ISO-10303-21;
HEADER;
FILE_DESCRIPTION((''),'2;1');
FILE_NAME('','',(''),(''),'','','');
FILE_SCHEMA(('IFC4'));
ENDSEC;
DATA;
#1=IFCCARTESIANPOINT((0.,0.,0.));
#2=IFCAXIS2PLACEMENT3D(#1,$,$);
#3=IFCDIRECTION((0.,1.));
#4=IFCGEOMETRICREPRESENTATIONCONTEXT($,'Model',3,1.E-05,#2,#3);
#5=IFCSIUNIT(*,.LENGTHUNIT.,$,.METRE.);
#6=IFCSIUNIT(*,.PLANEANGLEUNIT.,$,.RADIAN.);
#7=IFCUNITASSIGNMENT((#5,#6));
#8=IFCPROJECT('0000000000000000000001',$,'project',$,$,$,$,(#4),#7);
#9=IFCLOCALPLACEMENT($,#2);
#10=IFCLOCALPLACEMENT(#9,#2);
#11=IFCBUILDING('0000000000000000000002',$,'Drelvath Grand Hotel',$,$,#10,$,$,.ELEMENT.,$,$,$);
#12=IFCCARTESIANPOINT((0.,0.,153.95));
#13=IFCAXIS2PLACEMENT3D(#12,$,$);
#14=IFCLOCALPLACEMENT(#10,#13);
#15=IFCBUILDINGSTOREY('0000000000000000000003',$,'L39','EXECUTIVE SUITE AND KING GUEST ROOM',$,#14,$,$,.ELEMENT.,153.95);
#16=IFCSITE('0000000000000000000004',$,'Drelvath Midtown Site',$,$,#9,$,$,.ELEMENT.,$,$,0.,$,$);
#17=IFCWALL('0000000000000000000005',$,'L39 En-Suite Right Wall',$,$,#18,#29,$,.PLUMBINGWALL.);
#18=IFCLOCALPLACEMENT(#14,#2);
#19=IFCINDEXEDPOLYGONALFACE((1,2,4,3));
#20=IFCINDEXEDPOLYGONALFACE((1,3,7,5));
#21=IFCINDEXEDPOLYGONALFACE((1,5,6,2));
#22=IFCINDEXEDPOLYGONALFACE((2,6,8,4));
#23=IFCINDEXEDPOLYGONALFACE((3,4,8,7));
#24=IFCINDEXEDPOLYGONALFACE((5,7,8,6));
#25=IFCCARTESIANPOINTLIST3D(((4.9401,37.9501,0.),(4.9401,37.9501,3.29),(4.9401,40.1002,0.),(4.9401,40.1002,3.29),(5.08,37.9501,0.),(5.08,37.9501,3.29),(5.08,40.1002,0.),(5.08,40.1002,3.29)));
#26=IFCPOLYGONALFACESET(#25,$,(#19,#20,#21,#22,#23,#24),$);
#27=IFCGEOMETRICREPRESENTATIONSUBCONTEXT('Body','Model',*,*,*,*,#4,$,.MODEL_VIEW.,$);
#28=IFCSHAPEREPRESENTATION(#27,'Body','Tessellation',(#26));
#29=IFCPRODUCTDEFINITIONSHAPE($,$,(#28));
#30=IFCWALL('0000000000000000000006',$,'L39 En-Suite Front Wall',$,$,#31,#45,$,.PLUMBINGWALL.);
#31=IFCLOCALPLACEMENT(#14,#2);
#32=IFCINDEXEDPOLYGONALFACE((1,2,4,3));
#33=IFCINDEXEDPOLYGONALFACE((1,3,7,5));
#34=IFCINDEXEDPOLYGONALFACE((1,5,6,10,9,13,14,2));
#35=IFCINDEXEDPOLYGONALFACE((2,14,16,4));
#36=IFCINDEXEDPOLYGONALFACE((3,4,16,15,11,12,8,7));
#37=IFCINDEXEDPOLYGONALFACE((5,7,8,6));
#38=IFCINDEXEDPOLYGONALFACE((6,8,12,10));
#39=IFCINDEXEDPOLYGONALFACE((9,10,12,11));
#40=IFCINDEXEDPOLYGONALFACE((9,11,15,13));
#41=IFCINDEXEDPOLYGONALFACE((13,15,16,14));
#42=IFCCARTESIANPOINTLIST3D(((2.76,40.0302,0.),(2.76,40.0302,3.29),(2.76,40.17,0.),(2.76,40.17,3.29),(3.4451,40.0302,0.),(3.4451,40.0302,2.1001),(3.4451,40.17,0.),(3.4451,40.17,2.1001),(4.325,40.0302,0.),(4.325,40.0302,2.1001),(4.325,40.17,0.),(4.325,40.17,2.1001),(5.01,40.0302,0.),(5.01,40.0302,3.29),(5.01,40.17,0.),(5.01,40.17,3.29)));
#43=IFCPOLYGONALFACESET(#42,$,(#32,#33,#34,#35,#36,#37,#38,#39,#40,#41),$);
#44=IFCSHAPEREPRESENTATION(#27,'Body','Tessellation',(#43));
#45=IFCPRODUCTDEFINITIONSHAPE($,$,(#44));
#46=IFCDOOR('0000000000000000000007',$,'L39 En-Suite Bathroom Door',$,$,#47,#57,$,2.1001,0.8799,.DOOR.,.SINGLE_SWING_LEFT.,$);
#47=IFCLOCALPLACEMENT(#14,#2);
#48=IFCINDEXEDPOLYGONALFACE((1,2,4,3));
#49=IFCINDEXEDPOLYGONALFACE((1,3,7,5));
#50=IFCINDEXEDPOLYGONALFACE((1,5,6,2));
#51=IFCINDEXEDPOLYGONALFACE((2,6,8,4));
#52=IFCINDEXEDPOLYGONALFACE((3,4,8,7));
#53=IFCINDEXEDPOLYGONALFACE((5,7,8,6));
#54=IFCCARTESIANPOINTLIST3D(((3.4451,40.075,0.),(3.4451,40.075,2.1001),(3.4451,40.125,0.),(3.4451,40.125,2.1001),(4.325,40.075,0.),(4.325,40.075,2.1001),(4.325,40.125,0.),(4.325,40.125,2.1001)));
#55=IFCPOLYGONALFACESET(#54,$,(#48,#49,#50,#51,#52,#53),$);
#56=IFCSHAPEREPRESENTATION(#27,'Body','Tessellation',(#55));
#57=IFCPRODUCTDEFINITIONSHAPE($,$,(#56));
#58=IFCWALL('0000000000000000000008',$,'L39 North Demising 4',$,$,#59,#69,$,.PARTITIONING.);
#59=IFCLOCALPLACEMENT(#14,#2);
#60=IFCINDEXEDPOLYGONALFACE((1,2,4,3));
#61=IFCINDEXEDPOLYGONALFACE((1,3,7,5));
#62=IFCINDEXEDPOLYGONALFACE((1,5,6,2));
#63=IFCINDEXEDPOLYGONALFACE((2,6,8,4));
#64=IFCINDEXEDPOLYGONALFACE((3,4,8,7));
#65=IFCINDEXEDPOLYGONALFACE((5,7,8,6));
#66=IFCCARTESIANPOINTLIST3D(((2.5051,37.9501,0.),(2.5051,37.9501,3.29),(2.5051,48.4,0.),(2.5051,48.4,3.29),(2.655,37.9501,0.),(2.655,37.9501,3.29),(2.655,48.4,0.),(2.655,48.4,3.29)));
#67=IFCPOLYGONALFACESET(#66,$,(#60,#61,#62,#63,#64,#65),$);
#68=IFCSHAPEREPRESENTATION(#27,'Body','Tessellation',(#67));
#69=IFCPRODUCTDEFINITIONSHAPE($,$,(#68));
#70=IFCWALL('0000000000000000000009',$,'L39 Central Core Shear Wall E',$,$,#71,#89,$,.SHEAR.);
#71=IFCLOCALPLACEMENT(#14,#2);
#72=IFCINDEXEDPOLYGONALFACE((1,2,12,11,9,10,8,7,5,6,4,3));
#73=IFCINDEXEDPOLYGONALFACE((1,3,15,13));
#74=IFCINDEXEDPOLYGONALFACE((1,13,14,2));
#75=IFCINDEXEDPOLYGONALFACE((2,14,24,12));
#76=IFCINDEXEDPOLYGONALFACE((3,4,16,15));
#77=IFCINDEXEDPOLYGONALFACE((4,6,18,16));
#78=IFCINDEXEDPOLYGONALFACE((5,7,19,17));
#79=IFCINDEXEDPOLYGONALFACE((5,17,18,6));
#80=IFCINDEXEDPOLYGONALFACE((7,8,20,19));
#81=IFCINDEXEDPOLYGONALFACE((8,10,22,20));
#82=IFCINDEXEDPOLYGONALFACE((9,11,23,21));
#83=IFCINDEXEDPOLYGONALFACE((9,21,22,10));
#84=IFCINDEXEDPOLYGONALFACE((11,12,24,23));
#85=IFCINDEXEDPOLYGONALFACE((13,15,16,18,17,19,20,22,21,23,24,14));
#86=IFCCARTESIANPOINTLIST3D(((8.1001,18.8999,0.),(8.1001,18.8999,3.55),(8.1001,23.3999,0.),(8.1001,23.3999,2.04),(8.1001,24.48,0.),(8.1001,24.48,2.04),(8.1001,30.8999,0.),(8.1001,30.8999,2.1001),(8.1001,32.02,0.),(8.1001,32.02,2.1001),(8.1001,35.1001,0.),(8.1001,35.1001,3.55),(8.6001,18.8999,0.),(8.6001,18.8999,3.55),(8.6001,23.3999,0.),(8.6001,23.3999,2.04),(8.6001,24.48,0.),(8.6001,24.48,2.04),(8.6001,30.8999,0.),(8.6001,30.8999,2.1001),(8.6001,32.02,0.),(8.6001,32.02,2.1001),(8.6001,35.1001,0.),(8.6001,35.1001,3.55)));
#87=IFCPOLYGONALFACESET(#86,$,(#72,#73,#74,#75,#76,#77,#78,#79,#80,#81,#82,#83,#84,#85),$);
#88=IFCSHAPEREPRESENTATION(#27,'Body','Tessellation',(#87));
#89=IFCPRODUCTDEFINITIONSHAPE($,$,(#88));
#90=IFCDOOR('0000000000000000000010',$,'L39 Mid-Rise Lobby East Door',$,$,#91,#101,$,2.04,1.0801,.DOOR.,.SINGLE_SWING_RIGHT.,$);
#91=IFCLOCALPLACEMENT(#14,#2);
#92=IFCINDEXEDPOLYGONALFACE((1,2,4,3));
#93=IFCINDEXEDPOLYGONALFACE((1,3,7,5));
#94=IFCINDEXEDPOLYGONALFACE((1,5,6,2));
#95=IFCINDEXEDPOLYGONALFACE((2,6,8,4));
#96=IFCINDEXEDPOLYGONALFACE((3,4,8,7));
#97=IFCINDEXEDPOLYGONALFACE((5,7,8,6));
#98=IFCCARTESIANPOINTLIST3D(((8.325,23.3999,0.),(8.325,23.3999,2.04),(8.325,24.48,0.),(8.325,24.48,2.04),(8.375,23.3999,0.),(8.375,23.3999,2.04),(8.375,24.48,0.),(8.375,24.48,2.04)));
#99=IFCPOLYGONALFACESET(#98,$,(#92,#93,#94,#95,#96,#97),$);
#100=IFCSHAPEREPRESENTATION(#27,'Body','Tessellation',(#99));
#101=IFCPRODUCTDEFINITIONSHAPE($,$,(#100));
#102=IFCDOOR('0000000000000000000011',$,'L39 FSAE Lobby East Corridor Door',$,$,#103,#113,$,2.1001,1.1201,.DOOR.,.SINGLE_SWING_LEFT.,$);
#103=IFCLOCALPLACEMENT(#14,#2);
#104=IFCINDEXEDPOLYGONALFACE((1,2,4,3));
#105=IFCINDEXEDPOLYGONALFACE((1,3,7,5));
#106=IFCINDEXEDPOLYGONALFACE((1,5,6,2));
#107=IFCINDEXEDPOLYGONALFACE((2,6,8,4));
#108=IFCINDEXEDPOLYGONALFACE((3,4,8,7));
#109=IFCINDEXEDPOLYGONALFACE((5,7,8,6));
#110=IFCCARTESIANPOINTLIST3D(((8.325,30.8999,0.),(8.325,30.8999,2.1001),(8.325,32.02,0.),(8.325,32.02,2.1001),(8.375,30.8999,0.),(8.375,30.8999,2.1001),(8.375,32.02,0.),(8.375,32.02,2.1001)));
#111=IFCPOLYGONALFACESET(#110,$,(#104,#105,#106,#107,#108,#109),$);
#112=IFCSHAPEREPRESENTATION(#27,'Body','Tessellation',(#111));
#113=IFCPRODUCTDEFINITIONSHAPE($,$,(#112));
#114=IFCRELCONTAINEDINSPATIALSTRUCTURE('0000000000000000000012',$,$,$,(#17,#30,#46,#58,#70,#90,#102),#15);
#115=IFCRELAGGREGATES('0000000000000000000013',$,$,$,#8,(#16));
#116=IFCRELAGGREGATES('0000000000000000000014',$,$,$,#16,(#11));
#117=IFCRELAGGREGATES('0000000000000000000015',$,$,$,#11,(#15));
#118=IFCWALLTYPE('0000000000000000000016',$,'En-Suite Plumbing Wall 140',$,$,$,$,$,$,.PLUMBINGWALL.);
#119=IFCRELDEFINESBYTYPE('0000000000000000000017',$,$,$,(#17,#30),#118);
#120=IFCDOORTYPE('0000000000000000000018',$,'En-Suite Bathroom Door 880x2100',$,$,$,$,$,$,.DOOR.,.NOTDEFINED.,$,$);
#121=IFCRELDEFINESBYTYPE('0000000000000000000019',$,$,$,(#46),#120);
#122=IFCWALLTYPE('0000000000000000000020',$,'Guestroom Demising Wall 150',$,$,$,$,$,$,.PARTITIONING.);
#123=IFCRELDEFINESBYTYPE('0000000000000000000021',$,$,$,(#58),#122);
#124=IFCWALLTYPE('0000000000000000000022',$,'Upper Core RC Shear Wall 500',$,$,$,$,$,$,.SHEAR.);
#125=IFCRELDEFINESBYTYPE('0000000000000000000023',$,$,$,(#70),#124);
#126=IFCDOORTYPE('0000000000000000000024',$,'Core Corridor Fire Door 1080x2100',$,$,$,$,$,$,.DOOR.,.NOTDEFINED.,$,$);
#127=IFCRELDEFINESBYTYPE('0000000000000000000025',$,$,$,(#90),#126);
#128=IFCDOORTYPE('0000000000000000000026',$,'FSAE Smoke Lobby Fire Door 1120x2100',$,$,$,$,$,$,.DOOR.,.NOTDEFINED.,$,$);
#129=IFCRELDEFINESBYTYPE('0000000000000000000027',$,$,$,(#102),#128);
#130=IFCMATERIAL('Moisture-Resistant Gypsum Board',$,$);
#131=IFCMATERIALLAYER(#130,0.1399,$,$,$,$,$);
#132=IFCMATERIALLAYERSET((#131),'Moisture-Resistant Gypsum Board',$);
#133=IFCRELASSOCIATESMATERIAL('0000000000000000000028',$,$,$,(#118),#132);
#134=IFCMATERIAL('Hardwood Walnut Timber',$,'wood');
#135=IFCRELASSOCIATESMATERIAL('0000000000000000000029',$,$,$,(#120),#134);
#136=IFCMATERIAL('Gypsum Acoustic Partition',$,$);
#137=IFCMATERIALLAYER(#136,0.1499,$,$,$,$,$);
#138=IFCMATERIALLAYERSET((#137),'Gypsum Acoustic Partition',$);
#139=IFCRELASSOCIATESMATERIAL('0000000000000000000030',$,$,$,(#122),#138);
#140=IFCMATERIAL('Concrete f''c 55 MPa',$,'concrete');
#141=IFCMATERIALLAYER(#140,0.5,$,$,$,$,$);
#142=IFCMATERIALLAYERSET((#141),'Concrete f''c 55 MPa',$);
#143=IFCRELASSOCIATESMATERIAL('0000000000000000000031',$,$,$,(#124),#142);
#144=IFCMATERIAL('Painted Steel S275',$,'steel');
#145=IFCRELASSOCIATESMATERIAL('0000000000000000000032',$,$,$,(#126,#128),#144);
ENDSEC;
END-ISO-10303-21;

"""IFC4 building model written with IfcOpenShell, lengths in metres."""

from ifc_helpers import new_model, si_unit, direction, frame, frame_2d, origin, place, context, subcontext, project, spatial, rectangle, extrude, material, layer, layer_set, type_object, element, fill, save


model = new_model("IFC4")

# Units and contexts
model_context = context("Model", 3, precision=1e-05, world=origin(), true_north=direction((0.0, 1.0)))
body_context = subcontext(model_context, "Body", "Model", "MODEL_VIEW")
ifc_project = project(units=[si_unit("LENGTHUNIT", "METRE"), si_unit("PLANEANGLEUNIT", "RADIAN")], contexts=[model_context])

# Site, building, storey
site_placement = place(None, origin())
site = spatial("IfcSite", under=ifc_project, at=site_placement, Name="Drelvath Midtown Site", CompositionType="ELEMENT", RefElevation=0.0)
building_placement = place(site_placement, origin())
building = spatial("IfcBuilding", under=site, at=building_placement, Name="Drelvath Grand Hotel", CompositionType="ELEMENT")
storey_placement = place(building_placement, frame((0.0, 0.0, 153.95)))
storey = spatial("IfcBuildingStorey", under=building, at=storey_placement, Name="L39", Description="EXECUTIVE SUITE AND KING GUEST ROOM", CompositionType="ELEMENT", Elevation=153.95)

# Shared definitions
ifc_material_1 = material(Name="Hardwood Walnut Timber", Category="wood")

# Wall
ifc_material_2 = material(Name="Moisture-Resistant Gypsum Board")
ifc_layer_1 = layer(ifc_material_2, 0.1399)
ifc_layer_set_1 = layer_set([ifc_layer_1], Name="Moisture-Resistant Gypsum Board")
wall_type_1 = type_object("IfcWallType", Name="En-Suite Plumbing Wall 140", PredefinedType="PLUMBINGWALL", material=ifc_layer_set_1)
for number, where, z_axis, x_axis, name in (
    (1, (5.01, 37.95, 0.0), (0.0, 0.0, 1.0), (0.0, 1.0, 0.0), "L39 En-Suite Right Wall"),
):
    element("IfcWall", number, at=place(storey_placement, frame(where, z_axis=z_axis, x_axis=x_axis)), inside=storey, type_object=wall_type_1, Name=name, PredefinedType="PLUMBINGWALL", context=body_context, shape_type="SweptSolid", body=[
        extrude(rectangle(XDim=2.1501, YDim=0.1399, at=frame_2d((1.0752, 0.0))), origin(), (0.0, 0.0, 1.0), 3.29),
    ])

# Wall, opening, door
wall_1_placement = place(storey_placement, frame((2.76, 40.1001, 0.0), z_axis=(0.0, 0.0, 1.0), x_axis=(1.0, 0.0, 0.0)))
wall_1 = element("IfcWall", 2, at=wall_1_placement, inside=storey, type_object=wall_type_1, Name="L39 En-Suite Front Wall", PredefinedType="PLUMBINGWALL", context=body_context, shape_type="SweptSolid", body=[
    extrude(rectangle(XDim=2.25, YDim=0.1399, at=frame_2d((1.125, 0.0))), origin(), (0.0, 0.0, 1.0), 3.29),
])
opening_1_placement = place(wall_1_placement, frame((0.6851, 0.0, 0.0)))
opening_1 = element("IfcOpeningElement", 3, at=opening_1_placement, cuts=wall_1, PredefinedType="OPENING", context=body_context, shape_type="SweptSolid", body=[
    extrude(rectangle(XDim=0.8799, YDim=2.1001, at=frame_2d((0.4399, 1.05))), frame((0.0, 0.0798, 0.0), z_axis=(0.0, -1.0, 0.0), x_axis=(1.0, 0.0, 0.0)), (0.0, 0.0, 1.0), 0.1599),
])
door_type_1 = type_object("IfcDoorType", Name="En-Suite Bathroom Door 880x2100", OperationType="NOTDEFINED", PredefinedType="DOOR", material=ifc_material_1)
door_1_placement = place(opening_1_placement, origin())
door_1 = element("IfcDoor", 4, at=door_1_placement, inside=storey, type_object=door_type_1, Name="L39 En-Suite Bathroom Door", OperationType="SINGLE_SWING_LEFT", OverallHeight=2.1001, OverallWidth=0.8799, PredefinedType="DOOR", context=body_context, shape_type="SweptSolid", body=[
    extrude(rectangle(XDim=0.8799, YDim=2.1001, at=frame_2d((0.4399, 1.05))), frame((0.0, 0.0249, 0.0), z_axis=(0.0, -1.0, 0.0), x_axis=(1.0, 0.0, 0.0)), (0.0, 0.0, 1.0), 0.05),
])
fill(opening_1, door_1)

# Wall
ifc_material_3 = material(Name="Gypsum Acoustic Partition")
ifc_layer_2 = layer(ifc_material_3, 0.1499)
ifc_layer_set_2 = layer_set([ifc_layer_2], Name="Gypsum Acoustic Partition")
wall_type_2 = type_object("IfcWallType", Name="Guestroom Demising Wall 150", PredefinedType="PARTITIONING", material=ifc_layer_set_2)
wall_2_placement = place(storey_placement, frame((2.5801, 37.95, 0.0), z_axis=(0.0, 0.0, 1.0), x_axis=(0.0, 1.0, 0.0)))
element("IfcWall", 5, at=wall_2_placement, inside=storey, type_object=wall_type_2, Name="L39 North Demising 4", PredefinedType="PARTITIONING", context=body_context, shape_type="SweptSolid", body=[
    extrude(rectangle(XDim=10.45, YDim=0.1499, at=frame_2d((5.2251, 0.0))), origin(), (0.0, 0.0, 1.0), 3.29),
])

# Wall, openings, doors
ifc_material_4 = material(Name="Concrete f'c 55 MPa", Category="concrete")
ifc_layer_3 = layer(ifc_material_4, 0.5)
ifc_layer_set_3 = layer_set([ifc_layer_3], Name="Concrete f'c 55 MPa")
wall_type_3 = type_object("IfcWallType", Name="Upper Core RC Shear Wall 500", PredefinedType="SHEAR", material=ifc_layer_set_3)
wall_3_placement = place(storey_placement, frame((8.3501, 35.1001, 0.0), z_axis=(0.0, 0.0, 1.0), x_axis=(0.0, -1.0, 0.0)))
wall_3 = element("IfcWall", 6, at=wall_3_placement, inside=storey, type_object=wall_type_3, Name="L39 Central Core Shear Wall E", PredefinedType="SHEAR", context=body_context, shape_type="SweptSolid", body=[
    extrude(rectangle(XDim=16.2002, YDim=0.5, at=frame_2d((8.1001, 0.0))), origin(), (0.0, 0.0, 1.0), 3.55),
])
opening_2_placement = place(wall_3_placement, frame((3.0801, 0.0, 0.0)))
opening_2 = element("IfcOpeningElement", 7, at=opening_2_placement, cuts=wall_3, PredefinedType="OPENING", context=body_context, shape_type="SweptSolid", body=[
    extrude(rectangle(XDim=1.1201, YDim=2.1001, at=frame_2d((0.5601, 1.05))), frame((0.0, 0.26, 0.0), z_axis=(0.0, -1.0, 0.0), x_axis=(1.0, 0.0, 0.0)), (0.0, 0.0, 1.0), 0.52),
])
opening_3_placement = place(wall_3_placement, frame((10.6201, 0.0, 0.0)))
opening_3 = element("IfcOpeningElement", 8, at=opening_3_placement, cuts=wall_3, PredefinedType="OPENING", context=body_context, shape_type="SweptSolid", body=[
    extrude(rectangle(XDim=1.0801, YDim=2.04, at=frame_2d((0.54, 1.02))), frame((0.0, 0.26, 0.0), z_axis=(0.0, -1.0, 0.0), x_axis=(1.0, 0.0, 0.0)), (0.0, 0.0, 1.0), 0.52),
])
ifc_material_5 = material(Name="Painted Steel S275", Category="steel")
door_type_2 = type_object("IfcDoorType", Name="Core Corridor Fire Door 1080x2100", OperationType="NOTDEFINED", PredefinedType="DOOR", material=ifc_material_5)
door_2_placement = place(opening_3_placement, origin())
door_2 = element("IfcDoor", 9, at=door_2_placement, inside=storey, type_object=door_type_2, Name="L39 Mid-Rise Lobby East Door", OperationType="SINGLE_SWING_RIGHT", OverallHeight=2.04, OverallWidth=1.0801, PredefinedType="DOOR", context=body_context, shape_type="SweptSolid", body=[
    extrude(rectangle(XDim=1.0801, YDim=2.04, at=frame_2d((0.54, 1.02))), frame((0.0, 0.0249, 0.0), z_axis=(0.0, -1.0, 0.0), x_axis=(1.0, 0.0, 0.0)), (0.0, 0.0, 1.0), 0.05),
])
fill(opening_3, door_2)
door_type_3 = type_object("IfcDoorType", Name="FSAE Smoke Lobby Fire Door 1120x2100", OperationType="NOTDEFINED", PredefinedType="DOOR", material=ifc_material_5)
door_3_placement = place(opening_2_placement, origin())
door_3 = element("IfcDoor", 10, at=door_3_placement, inside=storey, type_object=door_type_3, Name="L39 FSAE Lobby East Corridor Door", OperationType="SINGLE_SWING_LEFT", OverallHeight=2.1001, OverallWidth=1.1201, PredefinedType="DOOR", context=body_context, shape_type="SweptSolid", body=[
    extrude(rectangle(XDim=1.1201, YDim=2.1001, at=frame_2d((0.5601, 1.05))), frame((0.0, 0.0249, 0.0), z_axis=(0.0, -1.0, 0.0), x_axis=(1.0, 0.0, 0.0)), (0.0, 0.0, 1.0), 0.05),
])
fill(opening_2, door_3)

save(model, "model.ifc")
